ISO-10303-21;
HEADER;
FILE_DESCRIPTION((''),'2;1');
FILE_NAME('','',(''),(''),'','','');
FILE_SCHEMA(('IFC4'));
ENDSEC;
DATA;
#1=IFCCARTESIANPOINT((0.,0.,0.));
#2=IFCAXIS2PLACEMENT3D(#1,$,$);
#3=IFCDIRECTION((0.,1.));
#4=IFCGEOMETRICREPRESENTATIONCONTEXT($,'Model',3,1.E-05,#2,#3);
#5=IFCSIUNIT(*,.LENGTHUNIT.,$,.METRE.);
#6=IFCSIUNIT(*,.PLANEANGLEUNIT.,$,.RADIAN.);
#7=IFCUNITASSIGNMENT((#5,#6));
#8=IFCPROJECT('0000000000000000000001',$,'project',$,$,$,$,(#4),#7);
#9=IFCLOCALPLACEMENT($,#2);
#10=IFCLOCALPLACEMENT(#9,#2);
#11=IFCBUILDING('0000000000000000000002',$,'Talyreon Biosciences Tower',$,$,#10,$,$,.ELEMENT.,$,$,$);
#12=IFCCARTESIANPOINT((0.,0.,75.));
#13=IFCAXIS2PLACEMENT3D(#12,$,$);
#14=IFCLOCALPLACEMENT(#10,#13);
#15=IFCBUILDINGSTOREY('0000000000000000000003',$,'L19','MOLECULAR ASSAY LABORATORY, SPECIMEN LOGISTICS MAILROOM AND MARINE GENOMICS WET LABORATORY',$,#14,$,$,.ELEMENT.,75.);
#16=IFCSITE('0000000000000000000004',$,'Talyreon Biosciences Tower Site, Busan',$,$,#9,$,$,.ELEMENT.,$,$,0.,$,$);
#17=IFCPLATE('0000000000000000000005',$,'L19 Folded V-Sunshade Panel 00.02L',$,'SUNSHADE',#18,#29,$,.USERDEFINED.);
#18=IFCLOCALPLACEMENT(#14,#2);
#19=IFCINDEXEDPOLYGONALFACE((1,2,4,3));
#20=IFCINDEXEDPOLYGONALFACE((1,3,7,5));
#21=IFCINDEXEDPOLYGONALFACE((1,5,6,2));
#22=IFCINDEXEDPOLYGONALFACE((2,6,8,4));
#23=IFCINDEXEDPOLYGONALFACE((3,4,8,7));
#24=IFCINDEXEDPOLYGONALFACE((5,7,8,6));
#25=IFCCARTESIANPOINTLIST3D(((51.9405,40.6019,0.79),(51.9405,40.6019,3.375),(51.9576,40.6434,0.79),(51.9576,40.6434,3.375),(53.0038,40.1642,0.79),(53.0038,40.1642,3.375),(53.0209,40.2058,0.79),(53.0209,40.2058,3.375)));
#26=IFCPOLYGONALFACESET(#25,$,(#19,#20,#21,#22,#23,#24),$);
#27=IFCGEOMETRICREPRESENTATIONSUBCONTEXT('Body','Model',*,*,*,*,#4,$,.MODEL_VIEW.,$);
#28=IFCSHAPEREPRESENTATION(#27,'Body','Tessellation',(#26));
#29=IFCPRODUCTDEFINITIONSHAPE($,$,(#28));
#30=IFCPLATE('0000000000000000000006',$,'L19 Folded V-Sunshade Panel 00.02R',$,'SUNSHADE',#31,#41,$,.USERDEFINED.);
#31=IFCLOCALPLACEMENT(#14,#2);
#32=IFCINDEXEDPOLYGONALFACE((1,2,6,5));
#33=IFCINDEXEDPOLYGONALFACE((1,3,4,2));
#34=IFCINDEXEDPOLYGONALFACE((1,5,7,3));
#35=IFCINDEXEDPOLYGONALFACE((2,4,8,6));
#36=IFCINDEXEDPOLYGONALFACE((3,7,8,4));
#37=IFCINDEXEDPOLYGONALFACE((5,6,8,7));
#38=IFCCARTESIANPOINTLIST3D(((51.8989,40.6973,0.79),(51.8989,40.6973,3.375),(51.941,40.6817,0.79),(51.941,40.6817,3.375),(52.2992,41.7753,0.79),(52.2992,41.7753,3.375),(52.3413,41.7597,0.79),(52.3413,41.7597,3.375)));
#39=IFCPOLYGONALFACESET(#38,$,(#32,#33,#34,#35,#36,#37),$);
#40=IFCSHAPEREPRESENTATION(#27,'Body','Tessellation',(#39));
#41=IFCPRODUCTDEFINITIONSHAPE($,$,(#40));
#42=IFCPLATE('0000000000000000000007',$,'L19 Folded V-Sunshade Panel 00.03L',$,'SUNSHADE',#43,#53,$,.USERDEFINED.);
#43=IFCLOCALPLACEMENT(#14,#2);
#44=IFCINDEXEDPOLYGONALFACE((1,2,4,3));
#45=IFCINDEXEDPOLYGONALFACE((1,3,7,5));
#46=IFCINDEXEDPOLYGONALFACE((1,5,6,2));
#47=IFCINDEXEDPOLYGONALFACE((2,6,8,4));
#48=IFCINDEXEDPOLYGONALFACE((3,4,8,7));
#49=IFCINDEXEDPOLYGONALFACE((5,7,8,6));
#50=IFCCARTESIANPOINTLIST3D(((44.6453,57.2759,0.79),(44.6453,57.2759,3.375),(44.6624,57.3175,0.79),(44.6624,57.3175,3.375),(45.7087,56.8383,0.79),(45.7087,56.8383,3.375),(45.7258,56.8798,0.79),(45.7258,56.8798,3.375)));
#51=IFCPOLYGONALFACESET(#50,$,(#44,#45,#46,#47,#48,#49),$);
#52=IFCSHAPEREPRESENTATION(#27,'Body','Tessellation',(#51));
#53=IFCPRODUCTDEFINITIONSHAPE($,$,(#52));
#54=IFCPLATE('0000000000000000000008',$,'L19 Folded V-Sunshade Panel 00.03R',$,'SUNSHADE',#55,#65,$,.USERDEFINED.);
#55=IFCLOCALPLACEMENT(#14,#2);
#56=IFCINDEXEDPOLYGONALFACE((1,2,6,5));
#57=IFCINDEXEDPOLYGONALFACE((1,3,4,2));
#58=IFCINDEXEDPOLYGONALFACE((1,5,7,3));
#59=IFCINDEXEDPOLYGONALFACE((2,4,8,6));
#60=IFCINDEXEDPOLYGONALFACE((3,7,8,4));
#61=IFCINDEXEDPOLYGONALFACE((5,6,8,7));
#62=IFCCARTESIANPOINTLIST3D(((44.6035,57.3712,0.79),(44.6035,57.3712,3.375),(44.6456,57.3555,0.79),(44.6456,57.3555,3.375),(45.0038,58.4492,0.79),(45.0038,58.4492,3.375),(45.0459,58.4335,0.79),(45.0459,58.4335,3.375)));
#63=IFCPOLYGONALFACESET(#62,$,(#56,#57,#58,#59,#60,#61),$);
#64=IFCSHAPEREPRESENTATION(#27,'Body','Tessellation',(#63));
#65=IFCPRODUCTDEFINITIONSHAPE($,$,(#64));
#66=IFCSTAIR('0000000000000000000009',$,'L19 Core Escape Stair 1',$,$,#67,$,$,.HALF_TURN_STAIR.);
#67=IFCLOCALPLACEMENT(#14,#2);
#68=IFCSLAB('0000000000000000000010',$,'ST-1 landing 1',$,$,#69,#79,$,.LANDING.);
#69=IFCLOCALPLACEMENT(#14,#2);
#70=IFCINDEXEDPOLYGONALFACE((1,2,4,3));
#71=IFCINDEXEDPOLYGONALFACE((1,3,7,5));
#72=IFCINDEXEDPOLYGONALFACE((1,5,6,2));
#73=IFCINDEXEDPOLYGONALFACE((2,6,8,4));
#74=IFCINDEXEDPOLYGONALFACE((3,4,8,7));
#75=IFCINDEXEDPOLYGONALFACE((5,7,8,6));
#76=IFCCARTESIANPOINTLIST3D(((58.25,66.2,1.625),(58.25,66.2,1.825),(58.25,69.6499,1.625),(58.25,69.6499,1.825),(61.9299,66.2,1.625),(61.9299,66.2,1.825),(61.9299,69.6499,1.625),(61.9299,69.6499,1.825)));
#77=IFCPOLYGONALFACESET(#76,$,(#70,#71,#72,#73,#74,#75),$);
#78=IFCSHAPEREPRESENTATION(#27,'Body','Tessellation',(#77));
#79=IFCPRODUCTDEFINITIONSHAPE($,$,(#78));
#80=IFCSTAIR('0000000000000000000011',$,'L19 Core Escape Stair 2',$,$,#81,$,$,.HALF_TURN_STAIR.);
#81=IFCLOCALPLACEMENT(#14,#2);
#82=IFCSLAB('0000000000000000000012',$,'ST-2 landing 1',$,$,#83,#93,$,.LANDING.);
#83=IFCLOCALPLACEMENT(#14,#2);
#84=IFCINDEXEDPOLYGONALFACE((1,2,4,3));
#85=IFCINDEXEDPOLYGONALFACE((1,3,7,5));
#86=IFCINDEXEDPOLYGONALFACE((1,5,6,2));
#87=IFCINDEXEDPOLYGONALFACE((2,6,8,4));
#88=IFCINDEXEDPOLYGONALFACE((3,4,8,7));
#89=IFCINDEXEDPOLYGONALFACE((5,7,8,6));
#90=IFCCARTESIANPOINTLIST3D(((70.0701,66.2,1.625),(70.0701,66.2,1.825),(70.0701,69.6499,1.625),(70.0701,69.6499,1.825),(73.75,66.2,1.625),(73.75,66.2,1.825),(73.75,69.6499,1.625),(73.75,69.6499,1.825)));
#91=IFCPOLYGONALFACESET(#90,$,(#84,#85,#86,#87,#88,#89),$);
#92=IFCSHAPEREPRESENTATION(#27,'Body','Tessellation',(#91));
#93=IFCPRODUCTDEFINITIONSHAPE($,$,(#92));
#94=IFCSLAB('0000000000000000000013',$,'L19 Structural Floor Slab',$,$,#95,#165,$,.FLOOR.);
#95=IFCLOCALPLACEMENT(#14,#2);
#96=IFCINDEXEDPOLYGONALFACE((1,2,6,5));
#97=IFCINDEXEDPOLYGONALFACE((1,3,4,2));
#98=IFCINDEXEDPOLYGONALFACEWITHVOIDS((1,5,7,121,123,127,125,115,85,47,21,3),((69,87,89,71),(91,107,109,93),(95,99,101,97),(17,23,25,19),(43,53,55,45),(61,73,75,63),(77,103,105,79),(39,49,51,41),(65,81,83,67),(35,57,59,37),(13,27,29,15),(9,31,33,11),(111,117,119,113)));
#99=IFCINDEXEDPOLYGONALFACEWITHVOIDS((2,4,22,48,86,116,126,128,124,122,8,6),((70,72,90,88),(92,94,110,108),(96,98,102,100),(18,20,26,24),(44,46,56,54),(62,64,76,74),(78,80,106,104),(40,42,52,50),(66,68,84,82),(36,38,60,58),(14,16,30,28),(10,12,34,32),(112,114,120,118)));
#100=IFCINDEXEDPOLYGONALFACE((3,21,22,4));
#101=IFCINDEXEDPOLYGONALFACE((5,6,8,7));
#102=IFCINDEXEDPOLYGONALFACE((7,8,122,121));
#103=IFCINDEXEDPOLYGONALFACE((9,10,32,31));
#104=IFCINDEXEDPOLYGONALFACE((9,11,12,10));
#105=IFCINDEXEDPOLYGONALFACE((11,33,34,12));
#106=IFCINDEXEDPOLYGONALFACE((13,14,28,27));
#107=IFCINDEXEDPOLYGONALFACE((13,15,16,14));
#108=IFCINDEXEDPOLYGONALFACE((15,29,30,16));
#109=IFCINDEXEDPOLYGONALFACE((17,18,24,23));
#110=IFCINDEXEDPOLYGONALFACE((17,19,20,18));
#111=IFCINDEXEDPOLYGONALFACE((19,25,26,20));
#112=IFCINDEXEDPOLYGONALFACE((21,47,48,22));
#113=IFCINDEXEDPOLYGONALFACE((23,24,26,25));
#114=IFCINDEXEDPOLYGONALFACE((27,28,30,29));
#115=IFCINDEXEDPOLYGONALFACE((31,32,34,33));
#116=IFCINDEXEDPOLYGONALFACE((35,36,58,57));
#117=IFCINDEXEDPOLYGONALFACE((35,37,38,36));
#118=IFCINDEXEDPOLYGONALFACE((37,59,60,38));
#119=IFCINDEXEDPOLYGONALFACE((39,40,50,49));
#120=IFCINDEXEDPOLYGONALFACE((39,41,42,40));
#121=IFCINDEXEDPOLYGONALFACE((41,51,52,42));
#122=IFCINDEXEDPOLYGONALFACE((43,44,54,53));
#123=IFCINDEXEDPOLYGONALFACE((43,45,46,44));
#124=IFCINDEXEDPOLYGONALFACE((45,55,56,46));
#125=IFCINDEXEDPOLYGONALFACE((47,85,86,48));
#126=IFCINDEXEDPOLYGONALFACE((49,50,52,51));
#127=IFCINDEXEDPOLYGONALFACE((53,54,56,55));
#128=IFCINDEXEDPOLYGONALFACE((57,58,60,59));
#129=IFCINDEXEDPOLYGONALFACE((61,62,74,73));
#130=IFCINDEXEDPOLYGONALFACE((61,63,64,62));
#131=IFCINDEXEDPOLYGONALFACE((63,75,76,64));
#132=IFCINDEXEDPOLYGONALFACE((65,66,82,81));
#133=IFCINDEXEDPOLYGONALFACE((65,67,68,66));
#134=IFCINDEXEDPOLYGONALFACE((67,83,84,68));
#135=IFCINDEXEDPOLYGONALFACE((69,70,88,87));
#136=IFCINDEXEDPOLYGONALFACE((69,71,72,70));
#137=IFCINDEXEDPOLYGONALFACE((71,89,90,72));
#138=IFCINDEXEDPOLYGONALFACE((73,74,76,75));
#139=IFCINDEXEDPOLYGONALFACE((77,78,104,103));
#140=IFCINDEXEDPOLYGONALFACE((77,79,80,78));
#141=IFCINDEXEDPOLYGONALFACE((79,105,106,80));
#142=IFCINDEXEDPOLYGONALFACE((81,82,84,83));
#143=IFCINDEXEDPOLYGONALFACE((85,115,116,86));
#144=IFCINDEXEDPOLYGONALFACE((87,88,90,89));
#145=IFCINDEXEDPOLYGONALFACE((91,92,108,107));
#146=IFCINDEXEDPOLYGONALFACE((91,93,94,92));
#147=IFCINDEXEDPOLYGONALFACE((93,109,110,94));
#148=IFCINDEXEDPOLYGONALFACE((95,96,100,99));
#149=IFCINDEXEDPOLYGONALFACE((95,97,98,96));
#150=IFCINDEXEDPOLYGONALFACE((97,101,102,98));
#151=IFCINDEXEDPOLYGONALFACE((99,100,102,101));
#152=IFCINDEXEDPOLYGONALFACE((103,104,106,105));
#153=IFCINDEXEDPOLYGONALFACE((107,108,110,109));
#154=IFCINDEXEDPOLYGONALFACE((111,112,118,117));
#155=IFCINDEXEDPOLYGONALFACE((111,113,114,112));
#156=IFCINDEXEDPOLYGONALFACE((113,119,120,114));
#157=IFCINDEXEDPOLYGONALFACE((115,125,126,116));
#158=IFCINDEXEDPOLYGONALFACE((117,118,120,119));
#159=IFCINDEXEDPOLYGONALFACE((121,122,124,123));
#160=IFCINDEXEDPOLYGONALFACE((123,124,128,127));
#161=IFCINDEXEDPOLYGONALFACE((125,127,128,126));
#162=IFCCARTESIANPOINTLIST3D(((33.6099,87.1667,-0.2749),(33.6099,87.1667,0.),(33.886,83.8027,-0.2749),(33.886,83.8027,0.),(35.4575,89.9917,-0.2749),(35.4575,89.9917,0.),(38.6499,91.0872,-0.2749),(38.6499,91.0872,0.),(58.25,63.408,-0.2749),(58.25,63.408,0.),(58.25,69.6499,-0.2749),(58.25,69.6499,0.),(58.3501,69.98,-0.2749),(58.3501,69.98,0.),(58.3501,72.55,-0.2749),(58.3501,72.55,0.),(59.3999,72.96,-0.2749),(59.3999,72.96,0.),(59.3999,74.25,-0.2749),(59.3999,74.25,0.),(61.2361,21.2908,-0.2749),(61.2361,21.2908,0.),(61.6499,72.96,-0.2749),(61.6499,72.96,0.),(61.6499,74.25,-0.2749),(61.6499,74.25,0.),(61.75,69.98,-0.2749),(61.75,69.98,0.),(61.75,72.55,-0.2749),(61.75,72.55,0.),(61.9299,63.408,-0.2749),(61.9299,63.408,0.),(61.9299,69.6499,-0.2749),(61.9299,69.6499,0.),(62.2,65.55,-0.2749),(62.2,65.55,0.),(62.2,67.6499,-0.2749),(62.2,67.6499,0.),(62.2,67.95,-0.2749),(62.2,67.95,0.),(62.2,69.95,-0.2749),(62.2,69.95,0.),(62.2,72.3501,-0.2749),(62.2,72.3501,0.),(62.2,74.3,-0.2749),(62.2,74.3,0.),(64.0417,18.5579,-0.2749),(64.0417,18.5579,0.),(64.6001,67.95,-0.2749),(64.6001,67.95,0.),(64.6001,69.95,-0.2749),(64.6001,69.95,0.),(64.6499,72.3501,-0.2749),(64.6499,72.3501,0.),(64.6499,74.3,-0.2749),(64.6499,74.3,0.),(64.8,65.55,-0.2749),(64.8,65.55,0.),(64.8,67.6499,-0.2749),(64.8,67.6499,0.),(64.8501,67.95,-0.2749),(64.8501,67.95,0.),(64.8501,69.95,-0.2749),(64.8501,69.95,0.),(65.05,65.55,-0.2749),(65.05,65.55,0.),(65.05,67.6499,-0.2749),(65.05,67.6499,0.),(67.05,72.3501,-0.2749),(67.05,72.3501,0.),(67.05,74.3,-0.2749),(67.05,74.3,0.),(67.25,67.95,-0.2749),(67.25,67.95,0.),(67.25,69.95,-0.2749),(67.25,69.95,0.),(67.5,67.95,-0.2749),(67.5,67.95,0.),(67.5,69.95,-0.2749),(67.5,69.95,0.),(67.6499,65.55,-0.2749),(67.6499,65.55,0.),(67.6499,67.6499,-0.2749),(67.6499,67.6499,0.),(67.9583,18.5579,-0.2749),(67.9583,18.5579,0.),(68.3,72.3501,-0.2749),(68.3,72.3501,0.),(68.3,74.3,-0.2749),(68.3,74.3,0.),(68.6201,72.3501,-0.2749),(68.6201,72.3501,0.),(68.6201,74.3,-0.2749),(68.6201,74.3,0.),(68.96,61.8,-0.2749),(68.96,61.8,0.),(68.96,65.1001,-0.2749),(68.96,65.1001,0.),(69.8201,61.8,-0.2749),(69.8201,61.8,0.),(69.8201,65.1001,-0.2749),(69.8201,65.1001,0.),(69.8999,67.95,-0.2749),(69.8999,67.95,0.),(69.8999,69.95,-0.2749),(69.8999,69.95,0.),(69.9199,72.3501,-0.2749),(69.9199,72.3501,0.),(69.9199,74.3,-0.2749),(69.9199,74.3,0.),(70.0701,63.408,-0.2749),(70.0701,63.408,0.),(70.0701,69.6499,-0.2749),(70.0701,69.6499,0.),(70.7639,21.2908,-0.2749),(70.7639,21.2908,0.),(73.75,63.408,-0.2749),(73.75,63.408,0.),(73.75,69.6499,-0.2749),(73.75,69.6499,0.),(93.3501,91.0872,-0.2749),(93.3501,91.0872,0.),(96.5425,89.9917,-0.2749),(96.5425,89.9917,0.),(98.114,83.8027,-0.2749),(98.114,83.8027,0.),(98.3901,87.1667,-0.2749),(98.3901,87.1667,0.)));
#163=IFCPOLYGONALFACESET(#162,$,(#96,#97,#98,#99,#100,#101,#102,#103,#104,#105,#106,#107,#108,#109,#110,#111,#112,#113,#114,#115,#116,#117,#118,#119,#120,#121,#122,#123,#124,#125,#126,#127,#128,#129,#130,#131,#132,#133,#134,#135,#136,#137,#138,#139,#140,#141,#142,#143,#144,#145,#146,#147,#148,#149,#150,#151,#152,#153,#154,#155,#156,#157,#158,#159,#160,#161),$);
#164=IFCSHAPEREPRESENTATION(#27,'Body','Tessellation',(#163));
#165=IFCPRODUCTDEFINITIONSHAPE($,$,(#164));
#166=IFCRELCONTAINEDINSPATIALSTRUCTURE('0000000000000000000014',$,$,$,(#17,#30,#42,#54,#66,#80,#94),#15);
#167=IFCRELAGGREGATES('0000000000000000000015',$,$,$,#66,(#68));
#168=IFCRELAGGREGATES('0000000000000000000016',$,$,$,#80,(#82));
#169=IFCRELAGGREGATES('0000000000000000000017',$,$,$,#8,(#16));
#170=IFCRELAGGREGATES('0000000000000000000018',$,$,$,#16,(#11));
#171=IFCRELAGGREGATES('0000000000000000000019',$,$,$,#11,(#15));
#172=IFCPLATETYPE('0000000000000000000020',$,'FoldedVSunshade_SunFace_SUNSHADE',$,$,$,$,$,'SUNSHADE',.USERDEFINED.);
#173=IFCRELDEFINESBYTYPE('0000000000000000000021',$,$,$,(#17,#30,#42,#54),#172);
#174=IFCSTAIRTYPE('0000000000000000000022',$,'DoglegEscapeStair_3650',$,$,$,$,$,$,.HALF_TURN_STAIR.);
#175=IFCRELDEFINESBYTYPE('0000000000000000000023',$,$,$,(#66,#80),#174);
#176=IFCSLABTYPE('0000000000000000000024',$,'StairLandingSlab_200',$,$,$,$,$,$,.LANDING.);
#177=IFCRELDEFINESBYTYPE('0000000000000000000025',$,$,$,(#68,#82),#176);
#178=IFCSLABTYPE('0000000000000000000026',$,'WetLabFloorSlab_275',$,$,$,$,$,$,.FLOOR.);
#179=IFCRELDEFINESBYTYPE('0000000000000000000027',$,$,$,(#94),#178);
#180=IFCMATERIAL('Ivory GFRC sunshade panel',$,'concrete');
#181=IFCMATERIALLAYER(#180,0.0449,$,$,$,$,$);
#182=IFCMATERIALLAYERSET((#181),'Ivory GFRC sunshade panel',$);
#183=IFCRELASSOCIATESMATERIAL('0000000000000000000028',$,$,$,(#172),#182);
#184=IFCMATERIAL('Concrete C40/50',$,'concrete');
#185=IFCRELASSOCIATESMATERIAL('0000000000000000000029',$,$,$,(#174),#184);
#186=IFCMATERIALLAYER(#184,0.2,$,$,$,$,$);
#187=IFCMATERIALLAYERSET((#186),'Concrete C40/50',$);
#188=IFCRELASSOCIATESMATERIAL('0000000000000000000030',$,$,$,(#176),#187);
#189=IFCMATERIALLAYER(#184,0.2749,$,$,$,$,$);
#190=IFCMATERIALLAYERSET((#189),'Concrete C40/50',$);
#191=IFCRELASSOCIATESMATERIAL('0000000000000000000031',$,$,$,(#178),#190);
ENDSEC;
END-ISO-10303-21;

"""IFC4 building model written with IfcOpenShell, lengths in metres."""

from ifc_helpers import new_model, si_unit, direction, frame, origin, origin_2d, place, context, subcontext, project, spatial, polyline, rectangle, outline, extrude, material, layer, layer_set, type_object, element, aggregate, save


model = new_model("IFC4")

# Units and contexts
model_context = context("Model", 3, precision=1e-05, world=origin(), true_north=direction((0.0, 1.0)))
body_context = subcontext(model_context, "Body", "Model", "MODEL_VIEW")
ifc_project = project(units=[si_unit("LENGTHUNIT", "METRE"), si_unit("PLANEANGLEUNIT", "RADIAN")], contexts=[model_context])

# Site, building, storey
site_placement = place(None, origin())
site = spatial("IfcSite", under=ifc_project, at=site_placement, Name="Talyreon Biosciences Tower Site, Busan", CompositionType="ELEMENT", RefElevation=0.0)
building_placement = place(site_placement, origin())
building = spatial("IfcBuilding", under=site, at=building_placement, Name="Talyreon Biosciences Tower", CompositionType="ELEMENT")
storey_placement = place(building_placement, frame((0.0, 0.0, 75.0)))
storey = spatial("IfcBuildingStorey", under=building, at=storey_placement, Name="L19", Description="MOLECULAR ASSAY LABORATORY, SPECIMEN LOGISTICS MAILROOM AND MARINE GENOMICS WET LABORATORY", CompositionType="ELEMENT", Elevation=75.0)

# Plates
ifc_material_1 = material(Name="Ivory GFRC sunshade panel", Category="concrete")
ifc_layer_1 = layer(ifc_material_1, 0.0449)
ifc_layer_set_1 = layer_set([ifc_layer_1], Name="Ivory GFRC sunshade panel")
plate_type_1 = type_object("IfcPlateType", Name="FoldedVSunshade_SunFace_SUNSHADE", ElementType="SUNSHADE", PredefinedType="USERDEFINED", material=ifc_layer_set_1)
for number, where, z_axis, x_axis, name in (
    (1, (52.4807, 40.4038, 0.79), (0.0, 0.0, 1.0), (-0.924745, 0.380586, 0.0), "L19 Folded V-Sunshade Panel 00.02L"),
    (2, (52.1201, 41.2285, 0.79), (0.0, 0.0, 1.0), (0.348081, 0.937464, 0.0), "L19 Folded V-Sunshade Panel 00.02R"),
    (3, (45.1855, 57.0779, 0.79), (0.0, 0.0, 1.0), (-0.924745, 0.380586, 0.0), "L19 Folded V-Sunshade Panel 00.03L"),
    (4, (44.8247, 57.9023, 0.79), (0.0, 0.0, 1.0), (0.348081, 0.937464, 0.0), "L19 Folded V-Sunshade Panel 00.03R"),
):
    element("IfcPlate", number, at=place(storey_placement, frame(where, z_axis=z_axis, x_axis=x_axis)), inside=storey, type_object=plate_type_1, Name=name, ObjectType="SUNSHADE", PredefinedType="USERDEFINED", context=body_context, shape_type="SweptSolid", body=[
        extrude(rectangle(XDim=1.1499, YDim=0.0449, at=origin_2d()), origin(), (0.0, 0.0, 1.0), 2.585),
    ])

# Stairs, slabs
ifc_material_2 = material(Name="Concrete C40/50", Category="concrete")
stair_type = type_object("IfcStairType", Name="DoglegEscapeStair_3650", PredefinedType="HALF_TURN_STAIR", material=ifc_material_2)
stair_1_placement = place(storey_placement, origin())
stair_1 = element("IfcStair", 5, at=stair_1_placement, inside=storey, type_object=stair_type, Name="L19 Core Escape Stair 1", PredefinedType="HALF_TURN_STAIR")
ifc_layer_2 = layer(ifc_material_2, 0.2)
ifc_layer_set_2 = layer_set([ifc_layer_2], Name="Concrete C40/50")
slab_type_1 = type_object("IfcSlabType", Name="StairLandingSlab_200", PredefinedType="LANDING", material=ifc_layer_set_2)
slab_1_placement = place(storey_placement, frame((0.0, 0.0, 1.625)))
slab_1 = element("IfcSlab", 6, at=slab_1_placement, type_object=slab_type_1, Name="ST-1 landing 1", PredefinedType="LANDING", context=body_context, shape_type="SweptSolid", body=[
    extrude(outline(polyline([(61.9299, 66.2), (61.9299, 69.6499), (58.25, 69.6499), (58.25, 66.2), (61.9299, 66.2)])), origin(), (0.0, 0.0, 1.0), 0.2),
])
aggregate(stair_1, [slab_1])
stair_2_placement = place(storey_placement, origin())
stair_2 = element("IfcStair", 7, at=stair_2_placement, inside=storey, type_object=stair_type, Name="L19 Core Escape Stair 2", PredefinedType="HALF_TURN_STAIR")
slab_2_placement = place(storey_placement, frame((0.0, 0.0, 1.625)))
slab_2 = element("IfcSlab", 8, at=slab_2_placement, type_object=slab_type_1, Name="ST-2 landing 1", PredefinedType="LANDING", context=body_context, shape_type="SweptSolid", body=[
    extrude(outline(polyline([(73.75, 66.2), (73.75, 69.6499), (70.0701, 69.6499), (70.0701, 66.2), (73.75, 66.2)])), origin(), (0.0, 0.0, 1.0), 0.2),
])
aggregate(stair_2, [slab_2])

# Slab
ifc_layer_3 = layer(ifc_material_2, 0.2749)
ifc_layer_set_3 = layer_set([ifc_layer_3], Name="Concrete C40/50")
slab_type_2 = type_object("IfcSlabType", Name="WetLabFloorSlab_275", PredefinedType="FLOOR", material=ifc_layer_set_3)
slab_3_placement = place(storey_placement, frame((0.0, 0.0, -0.2749)))
element("IfcSlab", 9, at=slab_3_placement, inside=storey, type_object=slab_type_2, Name="L19 Structural Floor Slab", PredefinedType="FLOOR", context=body_context, shape_type="SweptSolid", body=[
    extrude(outline(polyline([(61.2361, 21.2908), (33.886, 83.8027), (33.6099, 87.1667), (35.4575, 89.9917), (38.6499, 91.0872), (93.3501, 91.0872), (96.5425, 89.9917), (98.3901, 87.1667), (98.114, 83.8027), (70.7639, 21.2908), (67.9583, 18.5579), (64.0417, 18.5579), (61.2361, 21.2908)]), holes=[polyline([(61.9299, 69.6499), (61.9299, 63.408), (58.25, 63.408), (58.25, 69.6499), (61.9299, 69.6499)]), polyline([(64.8, 65.55), (62.2, 65.55), (62.2, 67.6499), (64.8, 67.6499), (64.8, 65.55)]), polyline([(64.6001, 67.95), (62.2, 67.95), (62.2, 69.95), (64.6001, 69.95), (64.6001, 67.95)]), polyline([(67.25, 69.95), (67.25, 67.95), (64.8501, 67.95), (64.8501, 69.95), (67.25, 69.95)]), polyline([(61.75, 69.98), (58.3501, 69.98), (58.3501, 72.55), (61.75, 72.55), (61.75, 69.98)]), polyline([(64.6499, 72.3501), (62.2, 72.3501), (62.2, 74.3), (64.6499, 74.3), (64.6499, 72.3501)]), polyline([(61.6499, 74.25), (61.6499, 72.96), (59.3999, 72.96), (59.3999, 74.25), (61.6499, 74.25)]), polyline([(69.8201, 61.8), (68.96, 61.8), (68.96, 65.1001), (69.8201, 65.1001), (69.8201, 61.8)]), polyline([(73.75, 63.408), (70.0701, 63.408), (70.0701, 69.6499), (73.75, 69.6499), (73.75, 63.408)]), polyline([(67.6499, 65.55), (65.05, 65.55), (65.05, 67.6499), (67.6499, 67.6499), (67.6499, 65.55)]), polyline([(69.8999, 67.95), (67.5, 67.95), (67.5, 69.95), (69.8999, 69.95), (69.8999, 67.95)]), polyline([(68.3, 72.3501), (67.05, 72.3501), (67.05, 74.3), (68.3, 74.3), (68.3, 72.3501)]), polyline([(69.9199, 72.3501), (68.6201, 72.3501), (68.6201, 74.3), (69.9199, 74.3), (69.9199, 72.3501)])]), origin(), (0.0, 0.0, 1.0), 0.2749),
])

save(model, "model.ifc")
